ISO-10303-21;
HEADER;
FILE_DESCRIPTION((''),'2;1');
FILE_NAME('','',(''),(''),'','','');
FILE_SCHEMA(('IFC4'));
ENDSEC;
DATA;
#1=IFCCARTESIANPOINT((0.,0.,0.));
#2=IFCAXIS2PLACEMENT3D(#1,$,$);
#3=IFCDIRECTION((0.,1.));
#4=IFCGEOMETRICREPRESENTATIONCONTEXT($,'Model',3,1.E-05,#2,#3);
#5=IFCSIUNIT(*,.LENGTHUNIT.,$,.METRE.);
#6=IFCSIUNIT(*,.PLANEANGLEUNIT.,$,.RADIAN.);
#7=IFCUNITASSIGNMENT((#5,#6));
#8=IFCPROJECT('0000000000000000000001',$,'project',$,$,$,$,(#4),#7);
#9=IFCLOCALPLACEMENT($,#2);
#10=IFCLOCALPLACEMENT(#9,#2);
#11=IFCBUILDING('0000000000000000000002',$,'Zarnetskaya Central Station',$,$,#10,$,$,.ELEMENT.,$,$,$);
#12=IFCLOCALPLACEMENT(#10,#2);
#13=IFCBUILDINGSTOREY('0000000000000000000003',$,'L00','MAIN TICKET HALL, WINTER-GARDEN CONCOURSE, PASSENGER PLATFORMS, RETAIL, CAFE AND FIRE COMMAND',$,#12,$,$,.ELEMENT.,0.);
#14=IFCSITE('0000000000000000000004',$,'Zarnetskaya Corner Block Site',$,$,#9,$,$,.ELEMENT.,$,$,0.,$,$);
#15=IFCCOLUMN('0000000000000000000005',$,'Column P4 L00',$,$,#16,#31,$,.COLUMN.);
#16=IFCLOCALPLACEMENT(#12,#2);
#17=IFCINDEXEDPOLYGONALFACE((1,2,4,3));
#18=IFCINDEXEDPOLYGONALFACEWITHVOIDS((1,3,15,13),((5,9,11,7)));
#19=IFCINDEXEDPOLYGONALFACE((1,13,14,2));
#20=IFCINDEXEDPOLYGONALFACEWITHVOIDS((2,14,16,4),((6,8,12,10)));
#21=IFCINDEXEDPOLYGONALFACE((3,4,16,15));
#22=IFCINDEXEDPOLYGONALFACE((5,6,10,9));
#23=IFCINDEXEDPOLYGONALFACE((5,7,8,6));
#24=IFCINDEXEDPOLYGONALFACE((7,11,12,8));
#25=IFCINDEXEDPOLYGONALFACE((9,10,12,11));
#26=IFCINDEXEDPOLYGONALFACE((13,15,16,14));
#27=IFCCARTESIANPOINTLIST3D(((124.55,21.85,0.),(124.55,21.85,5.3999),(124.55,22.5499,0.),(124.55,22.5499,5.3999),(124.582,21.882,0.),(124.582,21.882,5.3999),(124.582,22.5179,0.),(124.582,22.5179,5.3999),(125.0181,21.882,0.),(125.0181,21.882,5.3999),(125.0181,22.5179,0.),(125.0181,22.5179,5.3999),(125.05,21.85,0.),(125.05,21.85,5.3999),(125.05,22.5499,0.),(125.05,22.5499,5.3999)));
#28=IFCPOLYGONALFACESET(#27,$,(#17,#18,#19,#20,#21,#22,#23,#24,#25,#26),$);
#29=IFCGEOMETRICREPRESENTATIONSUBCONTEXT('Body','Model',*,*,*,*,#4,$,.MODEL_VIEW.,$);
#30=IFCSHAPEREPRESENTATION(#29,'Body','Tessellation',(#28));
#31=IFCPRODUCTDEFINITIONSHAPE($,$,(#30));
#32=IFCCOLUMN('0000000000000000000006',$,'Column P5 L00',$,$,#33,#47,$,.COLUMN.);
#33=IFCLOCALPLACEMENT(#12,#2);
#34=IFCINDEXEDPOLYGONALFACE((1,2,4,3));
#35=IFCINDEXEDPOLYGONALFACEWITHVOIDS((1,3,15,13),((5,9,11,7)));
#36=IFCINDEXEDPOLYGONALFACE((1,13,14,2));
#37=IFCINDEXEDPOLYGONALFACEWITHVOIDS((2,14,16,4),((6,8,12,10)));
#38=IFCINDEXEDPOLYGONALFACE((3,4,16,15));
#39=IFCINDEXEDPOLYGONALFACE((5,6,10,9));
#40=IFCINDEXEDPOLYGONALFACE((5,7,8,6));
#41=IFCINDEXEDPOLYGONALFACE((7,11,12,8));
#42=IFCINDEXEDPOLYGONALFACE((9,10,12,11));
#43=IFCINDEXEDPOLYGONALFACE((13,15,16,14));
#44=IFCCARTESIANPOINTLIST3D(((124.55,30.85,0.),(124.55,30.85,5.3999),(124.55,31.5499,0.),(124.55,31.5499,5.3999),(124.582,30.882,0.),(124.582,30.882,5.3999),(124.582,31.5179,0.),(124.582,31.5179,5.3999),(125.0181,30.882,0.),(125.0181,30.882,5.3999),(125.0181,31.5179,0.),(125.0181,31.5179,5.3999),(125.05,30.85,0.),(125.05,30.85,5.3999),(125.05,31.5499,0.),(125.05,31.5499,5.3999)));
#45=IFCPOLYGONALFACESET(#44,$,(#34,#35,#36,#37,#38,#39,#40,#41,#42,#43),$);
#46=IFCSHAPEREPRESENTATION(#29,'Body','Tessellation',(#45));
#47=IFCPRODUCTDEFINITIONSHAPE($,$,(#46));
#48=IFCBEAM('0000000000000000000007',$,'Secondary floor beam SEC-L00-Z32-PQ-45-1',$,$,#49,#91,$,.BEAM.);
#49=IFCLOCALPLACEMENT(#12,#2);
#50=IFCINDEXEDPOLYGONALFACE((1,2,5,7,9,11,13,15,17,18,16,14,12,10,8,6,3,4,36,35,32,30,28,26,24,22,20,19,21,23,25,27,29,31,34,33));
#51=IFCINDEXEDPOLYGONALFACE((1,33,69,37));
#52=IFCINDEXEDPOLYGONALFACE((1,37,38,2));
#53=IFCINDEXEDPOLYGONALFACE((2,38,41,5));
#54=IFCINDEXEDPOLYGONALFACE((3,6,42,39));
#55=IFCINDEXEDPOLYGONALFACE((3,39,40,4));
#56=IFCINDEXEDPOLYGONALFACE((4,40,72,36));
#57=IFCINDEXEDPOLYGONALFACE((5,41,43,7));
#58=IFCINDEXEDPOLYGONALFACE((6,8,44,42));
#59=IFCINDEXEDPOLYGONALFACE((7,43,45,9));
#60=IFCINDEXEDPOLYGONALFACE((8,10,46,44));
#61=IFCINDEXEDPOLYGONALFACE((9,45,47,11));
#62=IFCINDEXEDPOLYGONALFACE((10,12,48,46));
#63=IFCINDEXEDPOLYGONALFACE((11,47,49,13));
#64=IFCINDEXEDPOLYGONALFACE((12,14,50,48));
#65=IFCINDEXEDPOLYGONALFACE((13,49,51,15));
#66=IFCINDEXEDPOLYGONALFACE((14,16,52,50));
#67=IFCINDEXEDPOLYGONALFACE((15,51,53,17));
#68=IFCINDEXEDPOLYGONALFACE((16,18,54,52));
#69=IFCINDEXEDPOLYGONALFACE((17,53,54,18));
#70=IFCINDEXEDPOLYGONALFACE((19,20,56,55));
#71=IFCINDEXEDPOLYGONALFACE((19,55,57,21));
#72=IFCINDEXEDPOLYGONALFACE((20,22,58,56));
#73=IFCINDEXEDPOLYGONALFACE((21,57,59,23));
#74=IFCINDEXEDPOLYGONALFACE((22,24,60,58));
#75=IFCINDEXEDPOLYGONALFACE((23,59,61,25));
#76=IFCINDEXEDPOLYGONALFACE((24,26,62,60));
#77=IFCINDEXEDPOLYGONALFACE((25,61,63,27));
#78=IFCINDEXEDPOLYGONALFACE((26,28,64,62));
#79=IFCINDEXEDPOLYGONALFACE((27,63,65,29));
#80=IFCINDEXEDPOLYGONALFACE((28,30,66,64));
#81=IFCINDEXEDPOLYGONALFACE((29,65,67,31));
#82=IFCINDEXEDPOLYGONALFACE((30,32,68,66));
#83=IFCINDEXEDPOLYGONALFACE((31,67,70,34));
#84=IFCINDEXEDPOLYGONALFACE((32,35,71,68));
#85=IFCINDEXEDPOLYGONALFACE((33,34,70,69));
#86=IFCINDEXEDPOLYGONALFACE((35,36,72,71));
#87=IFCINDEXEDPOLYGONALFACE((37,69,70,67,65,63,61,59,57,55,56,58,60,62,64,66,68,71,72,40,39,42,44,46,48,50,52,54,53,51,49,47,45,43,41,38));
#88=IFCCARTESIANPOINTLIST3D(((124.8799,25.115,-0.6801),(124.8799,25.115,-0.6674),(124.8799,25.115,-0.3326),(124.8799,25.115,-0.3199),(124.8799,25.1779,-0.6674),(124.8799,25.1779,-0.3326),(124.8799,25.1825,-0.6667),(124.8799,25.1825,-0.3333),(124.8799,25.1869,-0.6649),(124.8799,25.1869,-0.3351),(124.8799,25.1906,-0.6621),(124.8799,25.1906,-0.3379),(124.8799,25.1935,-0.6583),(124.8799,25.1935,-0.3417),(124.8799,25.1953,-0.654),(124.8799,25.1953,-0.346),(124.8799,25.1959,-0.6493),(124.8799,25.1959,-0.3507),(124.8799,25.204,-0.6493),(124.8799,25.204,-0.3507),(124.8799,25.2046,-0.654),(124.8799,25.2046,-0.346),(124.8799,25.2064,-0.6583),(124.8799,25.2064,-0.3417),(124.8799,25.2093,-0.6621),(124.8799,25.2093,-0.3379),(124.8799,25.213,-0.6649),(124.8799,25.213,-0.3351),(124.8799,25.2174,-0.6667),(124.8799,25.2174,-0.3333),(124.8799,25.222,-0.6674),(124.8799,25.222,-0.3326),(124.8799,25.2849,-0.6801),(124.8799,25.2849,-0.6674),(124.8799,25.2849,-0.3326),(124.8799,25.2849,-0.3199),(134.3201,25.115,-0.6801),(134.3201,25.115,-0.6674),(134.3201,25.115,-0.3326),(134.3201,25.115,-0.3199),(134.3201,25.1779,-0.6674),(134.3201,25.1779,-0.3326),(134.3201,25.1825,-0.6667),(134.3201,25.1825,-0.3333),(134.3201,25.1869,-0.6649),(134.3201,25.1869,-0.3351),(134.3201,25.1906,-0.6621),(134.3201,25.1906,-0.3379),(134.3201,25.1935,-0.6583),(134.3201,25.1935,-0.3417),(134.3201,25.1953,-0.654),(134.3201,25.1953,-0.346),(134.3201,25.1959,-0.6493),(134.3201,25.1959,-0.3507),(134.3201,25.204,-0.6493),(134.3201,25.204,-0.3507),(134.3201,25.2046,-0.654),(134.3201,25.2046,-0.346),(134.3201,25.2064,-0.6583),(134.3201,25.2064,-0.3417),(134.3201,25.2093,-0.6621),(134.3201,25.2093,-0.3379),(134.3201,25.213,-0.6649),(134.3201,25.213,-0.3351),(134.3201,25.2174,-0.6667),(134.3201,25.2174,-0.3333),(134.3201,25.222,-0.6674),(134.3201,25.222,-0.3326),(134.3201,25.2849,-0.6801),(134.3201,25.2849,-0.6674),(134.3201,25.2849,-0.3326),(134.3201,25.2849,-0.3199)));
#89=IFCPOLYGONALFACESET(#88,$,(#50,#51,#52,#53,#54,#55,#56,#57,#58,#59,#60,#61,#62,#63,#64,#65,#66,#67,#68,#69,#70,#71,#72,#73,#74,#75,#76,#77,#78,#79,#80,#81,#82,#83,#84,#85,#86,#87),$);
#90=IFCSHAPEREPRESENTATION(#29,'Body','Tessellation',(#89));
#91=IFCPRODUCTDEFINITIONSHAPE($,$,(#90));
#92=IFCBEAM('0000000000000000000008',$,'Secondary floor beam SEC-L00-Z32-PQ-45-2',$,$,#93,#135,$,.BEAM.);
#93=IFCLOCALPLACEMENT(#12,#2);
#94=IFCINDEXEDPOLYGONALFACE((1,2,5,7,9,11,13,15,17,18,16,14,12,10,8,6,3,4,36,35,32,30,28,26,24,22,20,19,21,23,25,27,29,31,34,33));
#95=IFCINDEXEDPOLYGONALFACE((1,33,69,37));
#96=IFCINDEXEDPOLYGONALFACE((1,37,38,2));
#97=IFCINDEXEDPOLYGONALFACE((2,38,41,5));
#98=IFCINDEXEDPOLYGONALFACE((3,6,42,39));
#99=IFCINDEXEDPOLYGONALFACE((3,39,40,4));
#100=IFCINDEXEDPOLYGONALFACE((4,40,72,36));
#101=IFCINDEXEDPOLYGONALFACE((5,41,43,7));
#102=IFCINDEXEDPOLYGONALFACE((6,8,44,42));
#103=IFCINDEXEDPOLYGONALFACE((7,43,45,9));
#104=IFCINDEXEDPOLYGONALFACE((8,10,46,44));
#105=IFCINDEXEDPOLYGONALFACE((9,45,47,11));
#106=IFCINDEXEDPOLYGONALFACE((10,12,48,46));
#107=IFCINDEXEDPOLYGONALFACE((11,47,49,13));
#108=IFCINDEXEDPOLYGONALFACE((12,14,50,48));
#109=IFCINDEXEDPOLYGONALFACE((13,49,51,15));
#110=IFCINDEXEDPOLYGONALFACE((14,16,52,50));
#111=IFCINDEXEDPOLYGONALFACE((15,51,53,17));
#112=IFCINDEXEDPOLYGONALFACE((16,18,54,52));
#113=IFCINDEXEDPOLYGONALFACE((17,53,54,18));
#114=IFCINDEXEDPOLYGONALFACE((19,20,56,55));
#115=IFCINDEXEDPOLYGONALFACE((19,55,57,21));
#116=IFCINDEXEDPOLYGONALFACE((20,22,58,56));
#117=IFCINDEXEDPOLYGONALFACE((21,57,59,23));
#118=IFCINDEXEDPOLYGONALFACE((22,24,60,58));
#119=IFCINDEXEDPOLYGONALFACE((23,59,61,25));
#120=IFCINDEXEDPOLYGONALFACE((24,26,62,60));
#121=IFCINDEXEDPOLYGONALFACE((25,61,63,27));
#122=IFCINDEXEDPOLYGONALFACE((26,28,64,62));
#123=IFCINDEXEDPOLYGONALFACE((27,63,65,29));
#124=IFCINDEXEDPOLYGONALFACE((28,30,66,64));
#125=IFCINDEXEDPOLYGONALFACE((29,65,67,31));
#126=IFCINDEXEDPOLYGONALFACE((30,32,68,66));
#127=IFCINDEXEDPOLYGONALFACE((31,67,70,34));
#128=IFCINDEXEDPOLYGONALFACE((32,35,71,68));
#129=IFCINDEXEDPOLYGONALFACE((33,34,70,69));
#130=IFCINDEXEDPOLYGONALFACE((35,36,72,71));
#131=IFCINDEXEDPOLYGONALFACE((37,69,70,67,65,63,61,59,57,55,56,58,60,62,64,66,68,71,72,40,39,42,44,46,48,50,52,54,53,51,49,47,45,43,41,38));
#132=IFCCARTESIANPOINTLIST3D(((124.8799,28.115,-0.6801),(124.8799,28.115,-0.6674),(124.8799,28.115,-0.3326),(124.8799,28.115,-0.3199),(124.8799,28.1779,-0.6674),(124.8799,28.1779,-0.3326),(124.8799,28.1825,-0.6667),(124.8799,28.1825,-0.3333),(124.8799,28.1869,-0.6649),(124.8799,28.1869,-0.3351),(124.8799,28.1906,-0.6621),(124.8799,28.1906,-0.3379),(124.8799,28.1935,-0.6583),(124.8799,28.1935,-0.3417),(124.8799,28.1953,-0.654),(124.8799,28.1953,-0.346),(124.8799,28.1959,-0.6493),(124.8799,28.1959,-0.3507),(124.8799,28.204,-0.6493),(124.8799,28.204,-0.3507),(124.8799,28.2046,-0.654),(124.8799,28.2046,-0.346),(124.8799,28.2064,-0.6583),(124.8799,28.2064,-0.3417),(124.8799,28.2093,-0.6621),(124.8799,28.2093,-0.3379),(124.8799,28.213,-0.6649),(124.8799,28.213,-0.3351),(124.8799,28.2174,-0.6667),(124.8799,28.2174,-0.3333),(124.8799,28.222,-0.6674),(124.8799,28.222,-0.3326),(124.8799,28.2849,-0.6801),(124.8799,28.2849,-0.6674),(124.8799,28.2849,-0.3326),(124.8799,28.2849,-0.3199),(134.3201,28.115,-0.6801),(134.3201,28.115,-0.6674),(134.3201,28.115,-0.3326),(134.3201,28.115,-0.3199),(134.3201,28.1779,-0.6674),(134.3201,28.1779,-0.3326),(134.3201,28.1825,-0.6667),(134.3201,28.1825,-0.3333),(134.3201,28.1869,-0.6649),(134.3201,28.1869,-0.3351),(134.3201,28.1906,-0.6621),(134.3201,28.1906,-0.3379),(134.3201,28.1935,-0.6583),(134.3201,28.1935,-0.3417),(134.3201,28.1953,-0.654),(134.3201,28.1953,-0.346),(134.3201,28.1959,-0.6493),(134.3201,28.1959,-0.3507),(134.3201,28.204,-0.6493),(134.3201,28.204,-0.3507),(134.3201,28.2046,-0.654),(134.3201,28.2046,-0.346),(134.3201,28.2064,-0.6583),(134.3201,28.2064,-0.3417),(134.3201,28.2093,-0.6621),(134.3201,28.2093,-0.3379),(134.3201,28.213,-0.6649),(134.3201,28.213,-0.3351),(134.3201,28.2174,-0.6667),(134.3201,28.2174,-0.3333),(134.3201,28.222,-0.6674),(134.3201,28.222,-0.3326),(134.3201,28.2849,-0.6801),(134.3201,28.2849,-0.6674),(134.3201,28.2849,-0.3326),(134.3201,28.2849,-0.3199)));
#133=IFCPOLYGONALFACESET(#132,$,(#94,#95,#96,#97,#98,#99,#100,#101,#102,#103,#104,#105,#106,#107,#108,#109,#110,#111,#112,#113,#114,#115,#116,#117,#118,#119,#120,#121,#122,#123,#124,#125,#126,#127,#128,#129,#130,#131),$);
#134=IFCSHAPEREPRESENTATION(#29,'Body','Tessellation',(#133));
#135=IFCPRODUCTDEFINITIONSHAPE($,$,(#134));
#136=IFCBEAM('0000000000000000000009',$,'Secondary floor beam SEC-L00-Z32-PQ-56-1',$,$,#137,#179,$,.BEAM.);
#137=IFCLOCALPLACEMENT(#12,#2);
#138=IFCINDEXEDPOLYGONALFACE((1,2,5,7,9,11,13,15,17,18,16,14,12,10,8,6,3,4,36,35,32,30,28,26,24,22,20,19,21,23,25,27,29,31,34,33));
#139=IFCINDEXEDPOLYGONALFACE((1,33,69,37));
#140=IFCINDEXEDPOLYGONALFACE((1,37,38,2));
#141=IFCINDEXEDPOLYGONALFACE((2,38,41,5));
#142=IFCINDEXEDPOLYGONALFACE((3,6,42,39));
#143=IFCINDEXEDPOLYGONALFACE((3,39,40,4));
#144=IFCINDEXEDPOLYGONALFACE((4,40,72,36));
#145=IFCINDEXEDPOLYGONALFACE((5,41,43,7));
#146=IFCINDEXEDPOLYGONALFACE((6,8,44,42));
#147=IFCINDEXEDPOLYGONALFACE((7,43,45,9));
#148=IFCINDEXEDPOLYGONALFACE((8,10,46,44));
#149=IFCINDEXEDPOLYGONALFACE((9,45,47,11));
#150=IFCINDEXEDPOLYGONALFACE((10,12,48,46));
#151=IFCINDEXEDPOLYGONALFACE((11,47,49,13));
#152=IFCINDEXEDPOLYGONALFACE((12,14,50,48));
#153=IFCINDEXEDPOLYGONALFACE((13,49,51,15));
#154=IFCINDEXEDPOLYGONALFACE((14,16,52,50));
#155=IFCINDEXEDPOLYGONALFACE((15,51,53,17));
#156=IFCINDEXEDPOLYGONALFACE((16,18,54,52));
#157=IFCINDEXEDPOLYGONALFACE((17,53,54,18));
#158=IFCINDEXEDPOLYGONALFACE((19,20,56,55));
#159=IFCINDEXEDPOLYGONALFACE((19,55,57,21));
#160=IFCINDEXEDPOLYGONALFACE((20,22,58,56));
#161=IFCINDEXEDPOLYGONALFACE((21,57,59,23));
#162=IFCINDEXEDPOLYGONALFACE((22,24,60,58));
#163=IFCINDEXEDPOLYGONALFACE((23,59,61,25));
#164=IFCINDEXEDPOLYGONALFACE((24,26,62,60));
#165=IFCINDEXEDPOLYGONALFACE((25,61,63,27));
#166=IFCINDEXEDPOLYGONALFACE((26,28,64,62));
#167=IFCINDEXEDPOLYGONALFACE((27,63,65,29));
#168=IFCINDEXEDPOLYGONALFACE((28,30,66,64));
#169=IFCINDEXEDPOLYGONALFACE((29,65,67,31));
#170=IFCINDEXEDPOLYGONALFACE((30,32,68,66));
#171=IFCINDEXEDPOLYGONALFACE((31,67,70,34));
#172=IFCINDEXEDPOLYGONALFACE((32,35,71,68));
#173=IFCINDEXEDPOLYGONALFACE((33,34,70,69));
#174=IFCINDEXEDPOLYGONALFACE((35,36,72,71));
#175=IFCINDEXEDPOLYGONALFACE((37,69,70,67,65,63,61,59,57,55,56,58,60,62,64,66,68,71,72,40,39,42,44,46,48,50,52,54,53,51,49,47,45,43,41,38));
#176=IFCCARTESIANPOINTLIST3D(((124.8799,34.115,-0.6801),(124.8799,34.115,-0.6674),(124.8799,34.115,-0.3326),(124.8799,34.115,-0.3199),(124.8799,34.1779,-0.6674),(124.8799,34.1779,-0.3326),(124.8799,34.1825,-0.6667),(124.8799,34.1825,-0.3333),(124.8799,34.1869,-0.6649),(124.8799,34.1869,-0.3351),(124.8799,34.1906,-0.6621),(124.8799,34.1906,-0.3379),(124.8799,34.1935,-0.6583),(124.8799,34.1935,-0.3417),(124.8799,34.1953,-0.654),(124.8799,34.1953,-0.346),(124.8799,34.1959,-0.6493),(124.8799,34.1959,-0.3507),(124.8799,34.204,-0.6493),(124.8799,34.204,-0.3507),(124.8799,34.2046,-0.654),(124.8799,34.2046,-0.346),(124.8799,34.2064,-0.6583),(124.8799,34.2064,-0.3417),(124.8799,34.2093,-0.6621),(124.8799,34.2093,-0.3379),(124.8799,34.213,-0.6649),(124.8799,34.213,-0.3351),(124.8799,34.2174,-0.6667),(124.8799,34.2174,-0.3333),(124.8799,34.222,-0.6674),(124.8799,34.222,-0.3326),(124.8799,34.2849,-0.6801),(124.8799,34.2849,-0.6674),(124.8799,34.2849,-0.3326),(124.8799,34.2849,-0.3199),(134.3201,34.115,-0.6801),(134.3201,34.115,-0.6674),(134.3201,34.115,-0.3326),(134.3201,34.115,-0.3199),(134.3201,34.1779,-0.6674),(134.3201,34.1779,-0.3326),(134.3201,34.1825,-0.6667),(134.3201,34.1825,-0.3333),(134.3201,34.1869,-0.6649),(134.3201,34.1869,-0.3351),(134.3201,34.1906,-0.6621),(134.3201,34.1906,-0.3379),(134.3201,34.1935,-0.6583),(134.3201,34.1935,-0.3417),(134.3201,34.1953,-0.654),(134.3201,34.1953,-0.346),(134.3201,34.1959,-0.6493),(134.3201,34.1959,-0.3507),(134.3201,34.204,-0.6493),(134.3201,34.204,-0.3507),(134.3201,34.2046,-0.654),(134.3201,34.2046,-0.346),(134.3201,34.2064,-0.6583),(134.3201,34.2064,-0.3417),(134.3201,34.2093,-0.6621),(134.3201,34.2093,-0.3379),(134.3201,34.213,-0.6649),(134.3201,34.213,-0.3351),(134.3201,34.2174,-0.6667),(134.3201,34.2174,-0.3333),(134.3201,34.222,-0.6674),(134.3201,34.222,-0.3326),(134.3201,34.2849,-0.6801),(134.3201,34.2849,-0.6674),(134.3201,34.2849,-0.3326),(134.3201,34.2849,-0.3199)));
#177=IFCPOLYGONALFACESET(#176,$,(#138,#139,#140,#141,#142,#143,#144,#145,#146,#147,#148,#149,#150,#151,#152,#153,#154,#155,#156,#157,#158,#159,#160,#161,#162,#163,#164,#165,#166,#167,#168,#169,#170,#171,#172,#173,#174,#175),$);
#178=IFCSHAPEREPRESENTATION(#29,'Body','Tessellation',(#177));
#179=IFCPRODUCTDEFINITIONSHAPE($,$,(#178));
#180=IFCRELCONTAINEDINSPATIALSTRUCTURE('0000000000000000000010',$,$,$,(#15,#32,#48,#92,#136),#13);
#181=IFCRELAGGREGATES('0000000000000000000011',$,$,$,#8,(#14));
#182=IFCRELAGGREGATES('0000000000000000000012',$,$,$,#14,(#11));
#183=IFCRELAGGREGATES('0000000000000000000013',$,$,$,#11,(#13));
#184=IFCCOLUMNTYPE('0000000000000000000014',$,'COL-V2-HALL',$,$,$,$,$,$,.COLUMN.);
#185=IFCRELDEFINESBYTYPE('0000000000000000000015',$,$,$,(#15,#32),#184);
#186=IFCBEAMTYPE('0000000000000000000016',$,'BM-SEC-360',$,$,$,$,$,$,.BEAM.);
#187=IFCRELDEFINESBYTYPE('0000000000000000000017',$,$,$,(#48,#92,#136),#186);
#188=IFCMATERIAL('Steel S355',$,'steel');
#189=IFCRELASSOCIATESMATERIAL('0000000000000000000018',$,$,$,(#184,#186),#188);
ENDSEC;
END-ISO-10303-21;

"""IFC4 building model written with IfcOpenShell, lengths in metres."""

from ifc_helpers import new_model, si_unit, direction, frame, origin, origin_2d, place, context, subcontext, project, spatial, hollow_rectangle, i_section, extrude, material, material_profile, profile_set, type_object, element, save


model = new_model("IFC4")

# Units and contexts
model_context = context("Model", 3, precision=1e-05, world=origin(), true_north=direction((0.0, 1.0)))
body_context = subcontext(model_context, "Body", "Model", "MODEL_VIEW")
ifc_project = project(units=[si_unit("LENGTHUNIT", "METRE"), si_unit("PLANEANGLEUNIT", "RADIAN")], contexts=[model_context])

# Site, building, storey
site_placement = place(None, origin())
site = spatial("IfcSite", under=ifc_project, at=site_placement, Name="Zarnetskaya Corner Block Site", CompositionType="ELEMENT", RefElevation=0.0)
building_placement = place(site_placement, origin())
building = spatial("IfcBuilding", under=site, at=building_placement, Name="Zarnetskaya Central Station", CompositionType="ELEMENT")
storey_placement = place(building_placement, origin())
storey = spatial("IfcBuildingStorey", under=building, at=storey_placement, Name="L00", Description="MAIN TICKET HALL, WINTER-GARDEN CONCOURSE, PASSENGER PLATFORMS, RETAIL, CAFE AND FIRE COMMAND", CompositionType="ELEMENT", Elevation=0.0)

# Columns
ifc_material_1 = material(Name="Steel S355", Category="steel")
ifc_material_profile_1 = material_profile(ifc_material_1, hollow_rectangle(XDim=0.5, YDim=0.7, WallThickness=0.032, at=origin_2d()), Name="BOX 700x500x32")
ifc_profile_set_1 = profile_set([ifc_material_profile_1], Name="Steel S355")
column_type = type_object("IfcColumnType", Name="COL-V2-HALL", PredefinedType="COLUMN", material=ifc_profile_set_1)
for number, where, z_axis, x_axis, name in (
    (1, (124.8, 22.2, 0.0), (0.0, 0.0, 1.0), (1.0, 0.0, 0.0), "Column P4 L00"),
    (2, (124.8, 31.2, 0.0), (0.0, 0.0, 1.0), (1.0, 0.0, 0.0), "Column P5 L00"),
):
    element("IfcColumn", number, at=place(storey_placement, frame(where, z_axis=z_axis, x_axis=x_axis)), inside=storey, type_object=column_type, Name=name, PredefinedType="COLUMN", context=body_context, shape_type="SweptSolid", body=[
        extrude(hollow_rectangle(XDim=0.5, YDim=0.7, WallThickness=0.032, at=origin_2d()), origin(), (0.0, 0.0, 1.0), 5.3999),
    ])

# Beams
ifc_material_profile_2 = material_profile(ifc_material_1, i_section(OverallWidth=0.1699, OverallDepth=0.3601, WebThickness=0.0081, FlangeThickness=0.0127, FilletRadius=0.0181, at=origin_2d()), Name="IPE 360")
ifc_profile_set_2 = profile_set([ifc_material_profile_2], Name="Steel S355")
beam_type_1 = type_object("IfcBeamType", Name="BM-SEC-360", PredefinedType="BEAM", material=ifc_profile_set_2)
for number, where, z_axis, x_axis, name in (
    (3, (124.8799, 25.2, -0.5), (1.0, 0.0, 0.0), (0.0, 1.0, 0.0), "Secondary floor beam SEC-L00-Z32-PQ-45-1"),
    (4, (124.8799, 28.2, -0.5), (1.0, 0.0, 0.0), (0.0, 1.0, 0.0), "Secondary floor beam SEC-L00-Z32-PQ-45-2"),
    (5, (124.8799, 34.2, -0.5), (1.0, 0.0, 0.0), (0.0, 1.0, 0.0), "Secondary floor beam SEC-L00-Z32-PQ-56-1"),
):
    element("IfcBeam", number, at=place(storey_placement, frame(where, z_axis=z_axis, x_axis=x_axis)), inside=storey, type_object=beam_type_1, Name=name, PredefinedType="BEAM", context=body_context, shape_type="SweptSolid", body=[
        extrude(i_section(OverallWidth=0.1699, OverallDepth=0.3601, WebThickness=0.0081, FlangeThickness=0.0127, FilletRadius=0.0181, at=origin_2d()), origin(), (0.0, 0.0, 1.0), 9.4402),
    ])

save(model, "model.ifc")
